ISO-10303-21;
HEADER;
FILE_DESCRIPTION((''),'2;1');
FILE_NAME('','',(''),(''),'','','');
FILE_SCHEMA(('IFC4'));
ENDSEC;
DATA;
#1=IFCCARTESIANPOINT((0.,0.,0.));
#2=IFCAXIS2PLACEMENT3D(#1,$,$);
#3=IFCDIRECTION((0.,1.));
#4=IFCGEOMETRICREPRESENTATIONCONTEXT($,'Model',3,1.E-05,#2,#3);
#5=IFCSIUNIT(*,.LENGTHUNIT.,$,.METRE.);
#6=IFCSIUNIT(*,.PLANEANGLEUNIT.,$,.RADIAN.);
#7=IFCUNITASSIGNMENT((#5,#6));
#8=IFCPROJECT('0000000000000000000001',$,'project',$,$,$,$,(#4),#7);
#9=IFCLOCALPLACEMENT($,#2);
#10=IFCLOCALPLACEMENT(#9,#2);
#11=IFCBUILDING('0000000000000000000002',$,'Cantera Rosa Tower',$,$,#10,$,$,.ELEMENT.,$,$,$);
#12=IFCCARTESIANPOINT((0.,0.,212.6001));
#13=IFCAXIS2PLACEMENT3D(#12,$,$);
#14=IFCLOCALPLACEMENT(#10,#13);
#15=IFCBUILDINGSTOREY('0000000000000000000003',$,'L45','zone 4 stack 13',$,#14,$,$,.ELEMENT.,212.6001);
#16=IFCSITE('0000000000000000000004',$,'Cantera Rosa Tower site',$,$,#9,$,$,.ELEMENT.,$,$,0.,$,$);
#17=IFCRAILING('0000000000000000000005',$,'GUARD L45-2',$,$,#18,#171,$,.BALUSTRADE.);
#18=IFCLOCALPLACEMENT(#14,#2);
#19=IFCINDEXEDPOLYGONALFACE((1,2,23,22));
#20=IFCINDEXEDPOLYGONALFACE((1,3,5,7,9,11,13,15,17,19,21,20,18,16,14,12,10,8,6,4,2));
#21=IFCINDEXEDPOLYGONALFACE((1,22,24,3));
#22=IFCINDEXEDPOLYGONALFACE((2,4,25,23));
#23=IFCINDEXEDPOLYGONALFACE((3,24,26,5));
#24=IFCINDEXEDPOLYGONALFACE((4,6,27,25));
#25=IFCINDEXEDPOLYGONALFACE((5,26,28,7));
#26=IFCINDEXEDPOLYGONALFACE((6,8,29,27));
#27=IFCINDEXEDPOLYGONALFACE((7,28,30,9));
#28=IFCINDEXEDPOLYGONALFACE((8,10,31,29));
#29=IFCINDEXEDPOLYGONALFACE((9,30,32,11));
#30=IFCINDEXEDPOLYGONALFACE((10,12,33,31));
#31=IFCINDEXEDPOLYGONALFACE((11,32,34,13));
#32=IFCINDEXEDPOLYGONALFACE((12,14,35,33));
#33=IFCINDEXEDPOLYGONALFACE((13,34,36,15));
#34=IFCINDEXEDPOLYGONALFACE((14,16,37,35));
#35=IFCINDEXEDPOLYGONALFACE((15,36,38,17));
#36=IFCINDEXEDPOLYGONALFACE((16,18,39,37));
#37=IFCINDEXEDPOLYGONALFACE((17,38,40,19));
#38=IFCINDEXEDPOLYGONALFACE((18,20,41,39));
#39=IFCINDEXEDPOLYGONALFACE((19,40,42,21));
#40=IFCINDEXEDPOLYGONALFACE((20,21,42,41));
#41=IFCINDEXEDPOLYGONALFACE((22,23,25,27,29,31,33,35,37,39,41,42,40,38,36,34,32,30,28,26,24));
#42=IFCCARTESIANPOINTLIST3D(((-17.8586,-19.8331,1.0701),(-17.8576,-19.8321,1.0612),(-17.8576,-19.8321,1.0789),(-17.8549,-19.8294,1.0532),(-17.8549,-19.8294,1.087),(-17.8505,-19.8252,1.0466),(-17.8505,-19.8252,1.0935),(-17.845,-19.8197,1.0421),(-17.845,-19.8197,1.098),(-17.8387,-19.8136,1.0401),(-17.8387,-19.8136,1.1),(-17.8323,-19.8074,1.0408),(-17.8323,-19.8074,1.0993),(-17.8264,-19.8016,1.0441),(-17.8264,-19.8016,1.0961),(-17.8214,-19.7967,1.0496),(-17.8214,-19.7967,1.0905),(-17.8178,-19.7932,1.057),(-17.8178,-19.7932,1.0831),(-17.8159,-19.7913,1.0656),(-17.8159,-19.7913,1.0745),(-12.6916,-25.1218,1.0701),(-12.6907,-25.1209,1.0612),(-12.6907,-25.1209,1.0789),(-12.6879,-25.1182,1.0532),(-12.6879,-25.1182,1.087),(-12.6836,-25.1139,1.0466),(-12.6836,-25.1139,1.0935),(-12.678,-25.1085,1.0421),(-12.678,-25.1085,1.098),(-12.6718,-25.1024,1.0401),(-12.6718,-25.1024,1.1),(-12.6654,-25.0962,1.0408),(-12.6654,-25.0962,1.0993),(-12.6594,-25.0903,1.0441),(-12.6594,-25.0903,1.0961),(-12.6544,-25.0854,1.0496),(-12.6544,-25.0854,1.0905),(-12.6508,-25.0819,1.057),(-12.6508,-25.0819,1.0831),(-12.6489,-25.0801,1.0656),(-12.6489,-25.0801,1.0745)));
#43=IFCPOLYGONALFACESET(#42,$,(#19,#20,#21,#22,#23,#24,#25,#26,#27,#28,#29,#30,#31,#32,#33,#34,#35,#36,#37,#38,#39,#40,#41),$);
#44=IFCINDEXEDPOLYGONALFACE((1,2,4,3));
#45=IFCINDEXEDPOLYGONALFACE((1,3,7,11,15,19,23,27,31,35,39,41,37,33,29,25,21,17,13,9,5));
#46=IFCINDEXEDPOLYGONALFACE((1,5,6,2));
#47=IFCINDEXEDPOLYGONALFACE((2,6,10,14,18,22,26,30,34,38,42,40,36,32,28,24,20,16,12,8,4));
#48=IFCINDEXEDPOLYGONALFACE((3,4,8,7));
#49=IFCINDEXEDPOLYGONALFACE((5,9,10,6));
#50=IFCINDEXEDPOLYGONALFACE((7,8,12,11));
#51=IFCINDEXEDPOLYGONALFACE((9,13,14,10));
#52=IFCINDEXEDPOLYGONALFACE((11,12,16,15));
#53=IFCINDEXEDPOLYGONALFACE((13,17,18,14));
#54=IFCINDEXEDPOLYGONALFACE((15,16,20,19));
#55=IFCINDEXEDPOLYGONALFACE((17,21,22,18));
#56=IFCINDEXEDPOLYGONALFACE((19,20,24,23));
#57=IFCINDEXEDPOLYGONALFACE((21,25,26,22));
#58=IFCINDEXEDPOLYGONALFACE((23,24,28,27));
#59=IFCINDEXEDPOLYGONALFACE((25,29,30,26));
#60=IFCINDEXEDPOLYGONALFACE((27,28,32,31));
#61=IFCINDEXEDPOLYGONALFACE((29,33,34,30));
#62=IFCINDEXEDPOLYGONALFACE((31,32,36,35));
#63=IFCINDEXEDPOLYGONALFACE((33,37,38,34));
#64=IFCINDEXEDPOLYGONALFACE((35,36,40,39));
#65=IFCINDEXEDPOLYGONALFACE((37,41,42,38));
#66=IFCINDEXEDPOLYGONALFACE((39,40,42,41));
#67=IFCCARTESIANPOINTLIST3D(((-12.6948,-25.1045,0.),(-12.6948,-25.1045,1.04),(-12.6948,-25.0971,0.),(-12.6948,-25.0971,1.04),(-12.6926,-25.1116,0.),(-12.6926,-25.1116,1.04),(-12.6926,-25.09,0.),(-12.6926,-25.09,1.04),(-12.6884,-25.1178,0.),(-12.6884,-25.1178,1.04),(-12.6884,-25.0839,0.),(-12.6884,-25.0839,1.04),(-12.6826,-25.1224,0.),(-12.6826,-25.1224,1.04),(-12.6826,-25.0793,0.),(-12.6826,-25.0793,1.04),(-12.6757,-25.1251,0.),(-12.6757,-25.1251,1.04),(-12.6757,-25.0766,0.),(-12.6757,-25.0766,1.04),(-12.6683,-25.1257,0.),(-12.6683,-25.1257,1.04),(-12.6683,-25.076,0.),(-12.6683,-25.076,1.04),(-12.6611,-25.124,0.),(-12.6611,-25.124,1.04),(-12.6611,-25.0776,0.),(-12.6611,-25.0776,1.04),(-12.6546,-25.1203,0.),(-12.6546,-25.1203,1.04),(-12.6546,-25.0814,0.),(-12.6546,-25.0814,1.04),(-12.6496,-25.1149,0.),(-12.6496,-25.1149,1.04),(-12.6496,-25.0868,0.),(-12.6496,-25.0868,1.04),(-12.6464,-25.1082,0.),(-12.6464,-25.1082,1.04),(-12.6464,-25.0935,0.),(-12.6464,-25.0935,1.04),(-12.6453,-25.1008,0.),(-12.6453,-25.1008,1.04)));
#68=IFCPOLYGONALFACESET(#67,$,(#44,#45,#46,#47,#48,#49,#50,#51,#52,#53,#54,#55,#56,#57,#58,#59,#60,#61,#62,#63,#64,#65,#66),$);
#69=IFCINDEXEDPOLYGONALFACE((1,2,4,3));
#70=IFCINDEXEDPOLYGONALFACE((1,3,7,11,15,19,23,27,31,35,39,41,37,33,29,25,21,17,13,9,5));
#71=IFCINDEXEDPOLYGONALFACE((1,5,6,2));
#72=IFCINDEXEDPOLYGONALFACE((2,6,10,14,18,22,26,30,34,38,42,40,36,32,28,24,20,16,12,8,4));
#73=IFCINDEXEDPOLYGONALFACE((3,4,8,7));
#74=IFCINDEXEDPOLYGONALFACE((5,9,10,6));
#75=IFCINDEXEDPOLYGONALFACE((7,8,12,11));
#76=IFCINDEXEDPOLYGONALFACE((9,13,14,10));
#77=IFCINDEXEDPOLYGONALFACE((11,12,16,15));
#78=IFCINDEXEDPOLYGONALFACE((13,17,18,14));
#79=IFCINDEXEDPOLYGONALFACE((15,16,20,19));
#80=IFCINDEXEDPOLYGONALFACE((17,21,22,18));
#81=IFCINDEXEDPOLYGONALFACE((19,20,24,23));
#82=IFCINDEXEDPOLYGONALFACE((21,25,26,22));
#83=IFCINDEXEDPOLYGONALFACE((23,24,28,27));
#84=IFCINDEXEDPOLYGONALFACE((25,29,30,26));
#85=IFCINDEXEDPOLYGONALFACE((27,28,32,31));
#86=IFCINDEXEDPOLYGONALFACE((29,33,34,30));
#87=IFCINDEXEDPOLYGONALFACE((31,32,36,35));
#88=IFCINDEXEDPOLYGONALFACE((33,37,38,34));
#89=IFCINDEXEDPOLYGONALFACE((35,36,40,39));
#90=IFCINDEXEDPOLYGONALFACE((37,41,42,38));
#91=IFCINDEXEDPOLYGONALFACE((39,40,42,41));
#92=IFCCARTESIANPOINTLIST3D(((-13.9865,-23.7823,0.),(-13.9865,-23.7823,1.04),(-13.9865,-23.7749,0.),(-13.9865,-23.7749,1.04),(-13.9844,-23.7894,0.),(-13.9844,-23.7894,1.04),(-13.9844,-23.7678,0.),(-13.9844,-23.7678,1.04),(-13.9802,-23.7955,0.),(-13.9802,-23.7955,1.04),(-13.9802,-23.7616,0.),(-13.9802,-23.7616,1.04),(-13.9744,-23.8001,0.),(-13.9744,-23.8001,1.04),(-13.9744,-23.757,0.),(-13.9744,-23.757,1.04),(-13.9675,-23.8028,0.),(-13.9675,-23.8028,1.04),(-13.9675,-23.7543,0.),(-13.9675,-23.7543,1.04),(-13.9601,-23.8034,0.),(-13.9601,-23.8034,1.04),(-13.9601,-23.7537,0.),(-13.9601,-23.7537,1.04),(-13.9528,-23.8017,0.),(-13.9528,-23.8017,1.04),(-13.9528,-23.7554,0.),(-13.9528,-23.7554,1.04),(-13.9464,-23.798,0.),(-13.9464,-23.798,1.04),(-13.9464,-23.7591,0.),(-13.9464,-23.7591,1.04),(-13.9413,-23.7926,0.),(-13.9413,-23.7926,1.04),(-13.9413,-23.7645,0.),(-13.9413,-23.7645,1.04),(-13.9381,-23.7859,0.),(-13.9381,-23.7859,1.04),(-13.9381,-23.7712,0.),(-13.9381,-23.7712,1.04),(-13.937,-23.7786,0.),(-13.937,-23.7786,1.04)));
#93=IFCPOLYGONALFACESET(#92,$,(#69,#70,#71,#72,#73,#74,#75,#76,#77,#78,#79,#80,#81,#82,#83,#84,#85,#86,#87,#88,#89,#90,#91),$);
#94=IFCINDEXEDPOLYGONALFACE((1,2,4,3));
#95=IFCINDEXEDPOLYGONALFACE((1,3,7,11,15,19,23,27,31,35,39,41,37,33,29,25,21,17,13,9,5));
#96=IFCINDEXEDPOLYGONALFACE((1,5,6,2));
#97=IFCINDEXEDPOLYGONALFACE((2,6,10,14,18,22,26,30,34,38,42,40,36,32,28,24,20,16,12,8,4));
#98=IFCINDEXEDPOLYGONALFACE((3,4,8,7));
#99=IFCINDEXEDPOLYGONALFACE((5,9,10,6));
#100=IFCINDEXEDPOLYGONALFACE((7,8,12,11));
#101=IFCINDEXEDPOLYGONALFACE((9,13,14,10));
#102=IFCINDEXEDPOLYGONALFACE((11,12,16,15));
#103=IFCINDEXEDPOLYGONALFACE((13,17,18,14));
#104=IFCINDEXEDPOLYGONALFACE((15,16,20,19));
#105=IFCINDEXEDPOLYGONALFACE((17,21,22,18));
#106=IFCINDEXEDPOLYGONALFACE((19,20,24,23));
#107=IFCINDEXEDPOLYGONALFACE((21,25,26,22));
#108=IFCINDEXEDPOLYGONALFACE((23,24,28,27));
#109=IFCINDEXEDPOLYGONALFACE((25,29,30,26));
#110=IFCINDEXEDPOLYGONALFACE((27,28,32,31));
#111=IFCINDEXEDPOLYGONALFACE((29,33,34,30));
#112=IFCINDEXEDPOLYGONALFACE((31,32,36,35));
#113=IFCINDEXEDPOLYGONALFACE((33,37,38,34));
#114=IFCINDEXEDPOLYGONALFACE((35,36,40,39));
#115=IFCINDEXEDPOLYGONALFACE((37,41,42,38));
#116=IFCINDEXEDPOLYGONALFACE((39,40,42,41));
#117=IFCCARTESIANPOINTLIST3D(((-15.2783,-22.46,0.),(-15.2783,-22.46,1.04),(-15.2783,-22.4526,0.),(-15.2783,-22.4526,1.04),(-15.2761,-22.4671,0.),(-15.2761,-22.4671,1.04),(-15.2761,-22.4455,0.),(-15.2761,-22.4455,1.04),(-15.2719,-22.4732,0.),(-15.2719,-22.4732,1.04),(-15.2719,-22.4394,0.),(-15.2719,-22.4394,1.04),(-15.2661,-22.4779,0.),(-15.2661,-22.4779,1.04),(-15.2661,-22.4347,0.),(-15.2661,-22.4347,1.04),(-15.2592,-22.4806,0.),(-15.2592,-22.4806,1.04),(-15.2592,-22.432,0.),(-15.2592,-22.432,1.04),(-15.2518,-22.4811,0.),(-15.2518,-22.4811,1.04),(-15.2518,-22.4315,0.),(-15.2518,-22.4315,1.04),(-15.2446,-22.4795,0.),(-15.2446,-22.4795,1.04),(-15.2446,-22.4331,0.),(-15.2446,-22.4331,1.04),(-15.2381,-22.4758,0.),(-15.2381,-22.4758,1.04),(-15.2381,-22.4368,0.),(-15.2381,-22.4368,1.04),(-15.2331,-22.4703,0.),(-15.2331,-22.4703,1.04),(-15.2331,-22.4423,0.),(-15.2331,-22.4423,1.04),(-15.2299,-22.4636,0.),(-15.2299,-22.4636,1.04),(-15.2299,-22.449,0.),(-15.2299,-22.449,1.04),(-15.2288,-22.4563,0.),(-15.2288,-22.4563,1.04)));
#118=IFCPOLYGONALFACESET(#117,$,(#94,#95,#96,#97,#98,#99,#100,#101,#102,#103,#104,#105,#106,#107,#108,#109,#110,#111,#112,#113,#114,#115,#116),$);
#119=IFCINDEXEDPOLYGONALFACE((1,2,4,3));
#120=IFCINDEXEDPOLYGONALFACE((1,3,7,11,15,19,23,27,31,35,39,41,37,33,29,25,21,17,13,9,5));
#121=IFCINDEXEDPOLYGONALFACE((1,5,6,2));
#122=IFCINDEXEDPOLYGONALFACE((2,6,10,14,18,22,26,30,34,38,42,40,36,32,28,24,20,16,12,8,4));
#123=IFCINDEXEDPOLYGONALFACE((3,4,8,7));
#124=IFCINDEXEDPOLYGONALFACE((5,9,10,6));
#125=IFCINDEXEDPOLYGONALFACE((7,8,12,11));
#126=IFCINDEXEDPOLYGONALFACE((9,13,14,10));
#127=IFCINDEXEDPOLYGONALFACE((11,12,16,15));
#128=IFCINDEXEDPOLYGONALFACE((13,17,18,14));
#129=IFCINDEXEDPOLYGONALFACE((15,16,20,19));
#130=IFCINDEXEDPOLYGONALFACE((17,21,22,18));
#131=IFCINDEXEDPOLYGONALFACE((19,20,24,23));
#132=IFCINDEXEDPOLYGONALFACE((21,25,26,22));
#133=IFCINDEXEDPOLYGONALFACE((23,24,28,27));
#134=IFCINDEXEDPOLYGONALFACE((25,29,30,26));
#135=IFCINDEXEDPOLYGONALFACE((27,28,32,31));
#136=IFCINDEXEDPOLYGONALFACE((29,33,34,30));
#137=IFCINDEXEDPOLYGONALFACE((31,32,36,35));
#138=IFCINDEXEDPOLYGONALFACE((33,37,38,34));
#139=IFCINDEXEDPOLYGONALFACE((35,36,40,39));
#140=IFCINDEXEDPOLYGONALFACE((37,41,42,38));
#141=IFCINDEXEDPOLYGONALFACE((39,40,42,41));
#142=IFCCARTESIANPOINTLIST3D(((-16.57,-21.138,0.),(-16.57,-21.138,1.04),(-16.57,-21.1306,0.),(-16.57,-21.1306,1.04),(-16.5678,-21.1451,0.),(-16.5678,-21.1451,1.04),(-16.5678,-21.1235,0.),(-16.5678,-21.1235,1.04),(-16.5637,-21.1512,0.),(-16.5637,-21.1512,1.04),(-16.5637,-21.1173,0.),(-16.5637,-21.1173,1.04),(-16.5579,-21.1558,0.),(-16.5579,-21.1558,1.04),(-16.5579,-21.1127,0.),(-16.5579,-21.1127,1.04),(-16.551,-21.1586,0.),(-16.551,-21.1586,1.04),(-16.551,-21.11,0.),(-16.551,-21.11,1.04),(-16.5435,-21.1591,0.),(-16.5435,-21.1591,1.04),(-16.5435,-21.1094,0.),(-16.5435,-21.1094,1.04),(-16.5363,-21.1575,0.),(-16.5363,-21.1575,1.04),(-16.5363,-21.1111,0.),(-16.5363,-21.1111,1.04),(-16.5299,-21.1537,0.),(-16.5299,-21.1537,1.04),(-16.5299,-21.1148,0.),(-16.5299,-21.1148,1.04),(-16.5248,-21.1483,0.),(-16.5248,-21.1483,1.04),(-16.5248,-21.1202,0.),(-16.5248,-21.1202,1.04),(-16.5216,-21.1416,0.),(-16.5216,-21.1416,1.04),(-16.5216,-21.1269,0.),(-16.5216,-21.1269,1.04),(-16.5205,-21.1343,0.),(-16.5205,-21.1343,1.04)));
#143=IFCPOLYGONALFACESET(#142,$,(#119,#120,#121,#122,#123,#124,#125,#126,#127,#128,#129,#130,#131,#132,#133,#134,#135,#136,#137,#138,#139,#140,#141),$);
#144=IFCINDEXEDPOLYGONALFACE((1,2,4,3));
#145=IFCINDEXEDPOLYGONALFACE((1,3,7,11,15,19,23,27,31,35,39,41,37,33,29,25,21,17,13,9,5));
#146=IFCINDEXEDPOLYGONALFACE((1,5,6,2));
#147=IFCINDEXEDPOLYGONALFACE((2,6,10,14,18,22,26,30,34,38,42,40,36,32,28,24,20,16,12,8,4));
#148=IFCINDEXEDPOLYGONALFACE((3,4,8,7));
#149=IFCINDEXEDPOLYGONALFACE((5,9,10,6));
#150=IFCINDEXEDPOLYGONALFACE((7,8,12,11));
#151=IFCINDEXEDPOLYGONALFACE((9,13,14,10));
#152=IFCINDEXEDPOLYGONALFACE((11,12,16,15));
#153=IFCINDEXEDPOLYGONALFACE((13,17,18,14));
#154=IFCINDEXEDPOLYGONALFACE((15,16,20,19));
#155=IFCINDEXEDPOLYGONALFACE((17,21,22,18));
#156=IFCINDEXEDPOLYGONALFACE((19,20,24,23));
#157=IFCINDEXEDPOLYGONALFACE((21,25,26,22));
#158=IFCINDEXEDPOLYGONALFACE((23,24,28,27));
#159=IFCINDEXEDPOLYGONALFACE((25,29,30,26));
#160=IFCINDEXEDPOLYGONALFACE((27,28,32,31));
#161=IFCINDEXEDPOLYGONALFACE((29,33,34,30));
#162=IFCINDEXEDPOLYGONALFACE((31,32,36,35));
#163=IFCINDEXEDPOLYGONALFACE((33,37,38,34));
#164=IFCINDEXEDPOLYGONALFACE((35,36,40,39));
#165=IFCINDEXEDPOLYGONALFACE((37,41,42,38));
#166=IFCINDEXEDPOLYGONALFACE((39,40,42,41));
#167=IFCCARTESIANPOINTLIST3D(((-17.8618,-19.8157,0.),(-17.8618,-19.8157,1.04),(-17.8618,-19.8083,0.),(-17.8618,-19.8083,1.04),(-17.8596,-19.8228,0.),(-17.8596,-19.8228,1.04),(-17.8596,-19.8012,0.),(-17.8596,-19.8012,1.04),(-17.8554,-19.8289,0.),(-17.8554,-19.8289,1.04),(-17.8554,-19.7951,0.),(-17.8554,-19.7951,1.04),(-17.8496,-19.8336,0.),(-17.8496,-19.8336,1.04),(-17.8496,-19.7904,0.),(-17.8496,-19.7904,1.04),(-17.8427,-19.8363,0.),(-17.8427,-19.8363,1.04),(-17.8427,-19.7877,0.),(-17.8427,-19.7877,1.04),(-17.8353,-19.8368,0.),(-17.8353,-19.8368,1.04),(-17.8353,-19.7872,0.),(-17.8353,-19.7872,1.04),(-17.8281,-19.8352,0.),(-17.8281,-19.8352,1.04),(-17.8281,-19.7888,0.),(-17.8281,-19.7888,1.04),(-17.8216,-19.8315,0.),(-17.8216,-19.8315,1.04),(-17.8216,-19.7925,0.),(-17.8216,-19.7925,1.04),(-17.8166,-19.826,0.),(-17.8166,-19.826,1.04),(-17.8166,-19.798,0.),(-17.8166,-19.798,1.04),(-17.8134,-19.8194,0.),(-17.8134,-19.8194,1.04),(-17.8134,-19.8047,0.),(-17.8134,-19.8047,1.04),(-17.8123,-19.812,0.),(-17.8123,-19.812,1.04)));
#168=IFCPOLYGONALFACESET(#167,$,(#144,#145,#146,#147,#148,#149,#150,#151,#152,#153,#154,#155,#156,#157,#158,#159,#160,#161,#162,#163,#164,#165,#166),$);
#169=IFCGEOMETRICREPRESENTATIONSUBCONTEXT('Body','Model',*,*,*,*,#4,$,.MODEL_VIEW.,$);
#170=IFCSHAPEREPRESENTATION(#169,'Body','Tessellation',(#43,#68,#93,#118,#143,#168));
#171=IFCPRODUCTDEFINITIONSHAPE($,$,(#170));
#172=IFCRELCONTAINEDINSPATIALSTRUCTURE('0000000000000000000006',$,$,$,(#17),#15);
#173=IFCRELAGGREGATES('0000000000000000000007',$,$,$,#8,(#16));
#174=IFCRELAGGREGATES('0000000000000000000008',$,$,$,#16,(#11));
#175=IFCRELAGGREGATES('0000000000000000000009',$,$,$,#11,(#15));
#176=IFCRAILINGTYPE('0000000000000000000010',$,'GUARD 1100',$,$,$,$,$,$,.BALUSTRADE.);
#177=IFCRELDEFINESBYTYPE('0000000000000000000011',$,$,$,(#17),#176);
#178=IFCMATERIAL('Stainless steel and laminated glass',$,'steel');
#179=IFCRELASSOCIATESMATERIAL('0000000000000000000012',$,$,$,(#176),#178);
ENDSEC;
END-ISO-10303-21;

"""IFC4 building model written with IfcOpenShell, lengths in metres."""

from ifc_helpers import new_model, si_unit, direction, frame, origin, origin_2d, place, context, subcontext, project, spatial, circle, extrude, material, type_object, element, save


model = new_model("IFC4")

# Units and contexts
model_context = context("Model", 3, precision=1e-05, world=origin(), true_north=direction((0.0, 1.0)))
body_context = subcontext(model_context, "Body", "Model", "MODEL_VIEW")
ifc_project = project(units=[si_unit("LENGTHUNIT", "METRE"), si_unit("PLANEANGLEUNIT", "RADIAN")], contexts=[model_context])

# Site, building, storey
site_placement = place(None, origin())
site = spatial("IfcSite", under=ifc_project, at=site_placement, Name="Cantera Rosa Tower site", CompositionType="ELEMENT", RefElevation=0.0)
building_placement = place(site_placement, origin())
building = spatial("IfcBuilding", under=site, at=building_placement, Name="Cantera Rosa Tower", CompositionType="ELEMENT")
storey_placement = place(building_placement, frame((0.0, 0.0, 212.6001)))
storey = spatial("IfcBuildingStorey", under=building, at=storey_placement, Name="L45", Description="zone 4 stack 13", CompositionType="ELEMENT", Elevation=212.6001)

# Railing
ifc_material_1 = material(Name="Stainless steel and laminated glass", Category="steel")
railing_type = type_object("IfcRailingType", Name="GUARD 1100", PredefinedType="BALUSTRADE", material=ifc_material_1)
railing_1_placement = place(storey_placement, frame((-12.6702, -25.1008, 0.0)))
element("IfcRailing", 1, at=railing_1_placement, inside=storey, type_object=railing_type, Name="GUARD L45-2", PredefinedType="BALUSTRADE", context=body_context, shape_type="SweptSolid", body=[
    extrude(circle(Radius=0.03, at=origin_2d()), frame((0.0, 0.0, 1.0701), z_axis=(-0.69882, 0.715297, 0.0), x_axis=(-0.715297, -0.69882, 0.0)), (0.0, 0.0, 1.0), 7.3938),
    extrude(circle(Radius=0.0249, at=origin_2d()), origin(), (0.0, 0.0, 1.0), 1.04),
    extrude(circle(Radius=0.0249, at=origin_2d()), frame((-1.2917, 1.3223, 0.0)), (0.0, 0.0, 1.0), 1.04),
    extrude(circle(Radius=0.0249, at=origin_2d()), frame((-2.5835, 2.6445, 0.0)), (0.0, 0.0, 1.0), 1.04),
    extrude(circle(Radius=0.0249, at=origin_2d()), frame((-3.8752, 3.9666, 0.0)), (0.0, 0.0, 1.0), 1.04),
    extrude(circle(Radius=0.0249, at=origin_2d()), frame((-5.167, 5.2888, 0.0)), (0.0, 0.0, 1.0), 1.04),
])

save(model, "model.ifc")
